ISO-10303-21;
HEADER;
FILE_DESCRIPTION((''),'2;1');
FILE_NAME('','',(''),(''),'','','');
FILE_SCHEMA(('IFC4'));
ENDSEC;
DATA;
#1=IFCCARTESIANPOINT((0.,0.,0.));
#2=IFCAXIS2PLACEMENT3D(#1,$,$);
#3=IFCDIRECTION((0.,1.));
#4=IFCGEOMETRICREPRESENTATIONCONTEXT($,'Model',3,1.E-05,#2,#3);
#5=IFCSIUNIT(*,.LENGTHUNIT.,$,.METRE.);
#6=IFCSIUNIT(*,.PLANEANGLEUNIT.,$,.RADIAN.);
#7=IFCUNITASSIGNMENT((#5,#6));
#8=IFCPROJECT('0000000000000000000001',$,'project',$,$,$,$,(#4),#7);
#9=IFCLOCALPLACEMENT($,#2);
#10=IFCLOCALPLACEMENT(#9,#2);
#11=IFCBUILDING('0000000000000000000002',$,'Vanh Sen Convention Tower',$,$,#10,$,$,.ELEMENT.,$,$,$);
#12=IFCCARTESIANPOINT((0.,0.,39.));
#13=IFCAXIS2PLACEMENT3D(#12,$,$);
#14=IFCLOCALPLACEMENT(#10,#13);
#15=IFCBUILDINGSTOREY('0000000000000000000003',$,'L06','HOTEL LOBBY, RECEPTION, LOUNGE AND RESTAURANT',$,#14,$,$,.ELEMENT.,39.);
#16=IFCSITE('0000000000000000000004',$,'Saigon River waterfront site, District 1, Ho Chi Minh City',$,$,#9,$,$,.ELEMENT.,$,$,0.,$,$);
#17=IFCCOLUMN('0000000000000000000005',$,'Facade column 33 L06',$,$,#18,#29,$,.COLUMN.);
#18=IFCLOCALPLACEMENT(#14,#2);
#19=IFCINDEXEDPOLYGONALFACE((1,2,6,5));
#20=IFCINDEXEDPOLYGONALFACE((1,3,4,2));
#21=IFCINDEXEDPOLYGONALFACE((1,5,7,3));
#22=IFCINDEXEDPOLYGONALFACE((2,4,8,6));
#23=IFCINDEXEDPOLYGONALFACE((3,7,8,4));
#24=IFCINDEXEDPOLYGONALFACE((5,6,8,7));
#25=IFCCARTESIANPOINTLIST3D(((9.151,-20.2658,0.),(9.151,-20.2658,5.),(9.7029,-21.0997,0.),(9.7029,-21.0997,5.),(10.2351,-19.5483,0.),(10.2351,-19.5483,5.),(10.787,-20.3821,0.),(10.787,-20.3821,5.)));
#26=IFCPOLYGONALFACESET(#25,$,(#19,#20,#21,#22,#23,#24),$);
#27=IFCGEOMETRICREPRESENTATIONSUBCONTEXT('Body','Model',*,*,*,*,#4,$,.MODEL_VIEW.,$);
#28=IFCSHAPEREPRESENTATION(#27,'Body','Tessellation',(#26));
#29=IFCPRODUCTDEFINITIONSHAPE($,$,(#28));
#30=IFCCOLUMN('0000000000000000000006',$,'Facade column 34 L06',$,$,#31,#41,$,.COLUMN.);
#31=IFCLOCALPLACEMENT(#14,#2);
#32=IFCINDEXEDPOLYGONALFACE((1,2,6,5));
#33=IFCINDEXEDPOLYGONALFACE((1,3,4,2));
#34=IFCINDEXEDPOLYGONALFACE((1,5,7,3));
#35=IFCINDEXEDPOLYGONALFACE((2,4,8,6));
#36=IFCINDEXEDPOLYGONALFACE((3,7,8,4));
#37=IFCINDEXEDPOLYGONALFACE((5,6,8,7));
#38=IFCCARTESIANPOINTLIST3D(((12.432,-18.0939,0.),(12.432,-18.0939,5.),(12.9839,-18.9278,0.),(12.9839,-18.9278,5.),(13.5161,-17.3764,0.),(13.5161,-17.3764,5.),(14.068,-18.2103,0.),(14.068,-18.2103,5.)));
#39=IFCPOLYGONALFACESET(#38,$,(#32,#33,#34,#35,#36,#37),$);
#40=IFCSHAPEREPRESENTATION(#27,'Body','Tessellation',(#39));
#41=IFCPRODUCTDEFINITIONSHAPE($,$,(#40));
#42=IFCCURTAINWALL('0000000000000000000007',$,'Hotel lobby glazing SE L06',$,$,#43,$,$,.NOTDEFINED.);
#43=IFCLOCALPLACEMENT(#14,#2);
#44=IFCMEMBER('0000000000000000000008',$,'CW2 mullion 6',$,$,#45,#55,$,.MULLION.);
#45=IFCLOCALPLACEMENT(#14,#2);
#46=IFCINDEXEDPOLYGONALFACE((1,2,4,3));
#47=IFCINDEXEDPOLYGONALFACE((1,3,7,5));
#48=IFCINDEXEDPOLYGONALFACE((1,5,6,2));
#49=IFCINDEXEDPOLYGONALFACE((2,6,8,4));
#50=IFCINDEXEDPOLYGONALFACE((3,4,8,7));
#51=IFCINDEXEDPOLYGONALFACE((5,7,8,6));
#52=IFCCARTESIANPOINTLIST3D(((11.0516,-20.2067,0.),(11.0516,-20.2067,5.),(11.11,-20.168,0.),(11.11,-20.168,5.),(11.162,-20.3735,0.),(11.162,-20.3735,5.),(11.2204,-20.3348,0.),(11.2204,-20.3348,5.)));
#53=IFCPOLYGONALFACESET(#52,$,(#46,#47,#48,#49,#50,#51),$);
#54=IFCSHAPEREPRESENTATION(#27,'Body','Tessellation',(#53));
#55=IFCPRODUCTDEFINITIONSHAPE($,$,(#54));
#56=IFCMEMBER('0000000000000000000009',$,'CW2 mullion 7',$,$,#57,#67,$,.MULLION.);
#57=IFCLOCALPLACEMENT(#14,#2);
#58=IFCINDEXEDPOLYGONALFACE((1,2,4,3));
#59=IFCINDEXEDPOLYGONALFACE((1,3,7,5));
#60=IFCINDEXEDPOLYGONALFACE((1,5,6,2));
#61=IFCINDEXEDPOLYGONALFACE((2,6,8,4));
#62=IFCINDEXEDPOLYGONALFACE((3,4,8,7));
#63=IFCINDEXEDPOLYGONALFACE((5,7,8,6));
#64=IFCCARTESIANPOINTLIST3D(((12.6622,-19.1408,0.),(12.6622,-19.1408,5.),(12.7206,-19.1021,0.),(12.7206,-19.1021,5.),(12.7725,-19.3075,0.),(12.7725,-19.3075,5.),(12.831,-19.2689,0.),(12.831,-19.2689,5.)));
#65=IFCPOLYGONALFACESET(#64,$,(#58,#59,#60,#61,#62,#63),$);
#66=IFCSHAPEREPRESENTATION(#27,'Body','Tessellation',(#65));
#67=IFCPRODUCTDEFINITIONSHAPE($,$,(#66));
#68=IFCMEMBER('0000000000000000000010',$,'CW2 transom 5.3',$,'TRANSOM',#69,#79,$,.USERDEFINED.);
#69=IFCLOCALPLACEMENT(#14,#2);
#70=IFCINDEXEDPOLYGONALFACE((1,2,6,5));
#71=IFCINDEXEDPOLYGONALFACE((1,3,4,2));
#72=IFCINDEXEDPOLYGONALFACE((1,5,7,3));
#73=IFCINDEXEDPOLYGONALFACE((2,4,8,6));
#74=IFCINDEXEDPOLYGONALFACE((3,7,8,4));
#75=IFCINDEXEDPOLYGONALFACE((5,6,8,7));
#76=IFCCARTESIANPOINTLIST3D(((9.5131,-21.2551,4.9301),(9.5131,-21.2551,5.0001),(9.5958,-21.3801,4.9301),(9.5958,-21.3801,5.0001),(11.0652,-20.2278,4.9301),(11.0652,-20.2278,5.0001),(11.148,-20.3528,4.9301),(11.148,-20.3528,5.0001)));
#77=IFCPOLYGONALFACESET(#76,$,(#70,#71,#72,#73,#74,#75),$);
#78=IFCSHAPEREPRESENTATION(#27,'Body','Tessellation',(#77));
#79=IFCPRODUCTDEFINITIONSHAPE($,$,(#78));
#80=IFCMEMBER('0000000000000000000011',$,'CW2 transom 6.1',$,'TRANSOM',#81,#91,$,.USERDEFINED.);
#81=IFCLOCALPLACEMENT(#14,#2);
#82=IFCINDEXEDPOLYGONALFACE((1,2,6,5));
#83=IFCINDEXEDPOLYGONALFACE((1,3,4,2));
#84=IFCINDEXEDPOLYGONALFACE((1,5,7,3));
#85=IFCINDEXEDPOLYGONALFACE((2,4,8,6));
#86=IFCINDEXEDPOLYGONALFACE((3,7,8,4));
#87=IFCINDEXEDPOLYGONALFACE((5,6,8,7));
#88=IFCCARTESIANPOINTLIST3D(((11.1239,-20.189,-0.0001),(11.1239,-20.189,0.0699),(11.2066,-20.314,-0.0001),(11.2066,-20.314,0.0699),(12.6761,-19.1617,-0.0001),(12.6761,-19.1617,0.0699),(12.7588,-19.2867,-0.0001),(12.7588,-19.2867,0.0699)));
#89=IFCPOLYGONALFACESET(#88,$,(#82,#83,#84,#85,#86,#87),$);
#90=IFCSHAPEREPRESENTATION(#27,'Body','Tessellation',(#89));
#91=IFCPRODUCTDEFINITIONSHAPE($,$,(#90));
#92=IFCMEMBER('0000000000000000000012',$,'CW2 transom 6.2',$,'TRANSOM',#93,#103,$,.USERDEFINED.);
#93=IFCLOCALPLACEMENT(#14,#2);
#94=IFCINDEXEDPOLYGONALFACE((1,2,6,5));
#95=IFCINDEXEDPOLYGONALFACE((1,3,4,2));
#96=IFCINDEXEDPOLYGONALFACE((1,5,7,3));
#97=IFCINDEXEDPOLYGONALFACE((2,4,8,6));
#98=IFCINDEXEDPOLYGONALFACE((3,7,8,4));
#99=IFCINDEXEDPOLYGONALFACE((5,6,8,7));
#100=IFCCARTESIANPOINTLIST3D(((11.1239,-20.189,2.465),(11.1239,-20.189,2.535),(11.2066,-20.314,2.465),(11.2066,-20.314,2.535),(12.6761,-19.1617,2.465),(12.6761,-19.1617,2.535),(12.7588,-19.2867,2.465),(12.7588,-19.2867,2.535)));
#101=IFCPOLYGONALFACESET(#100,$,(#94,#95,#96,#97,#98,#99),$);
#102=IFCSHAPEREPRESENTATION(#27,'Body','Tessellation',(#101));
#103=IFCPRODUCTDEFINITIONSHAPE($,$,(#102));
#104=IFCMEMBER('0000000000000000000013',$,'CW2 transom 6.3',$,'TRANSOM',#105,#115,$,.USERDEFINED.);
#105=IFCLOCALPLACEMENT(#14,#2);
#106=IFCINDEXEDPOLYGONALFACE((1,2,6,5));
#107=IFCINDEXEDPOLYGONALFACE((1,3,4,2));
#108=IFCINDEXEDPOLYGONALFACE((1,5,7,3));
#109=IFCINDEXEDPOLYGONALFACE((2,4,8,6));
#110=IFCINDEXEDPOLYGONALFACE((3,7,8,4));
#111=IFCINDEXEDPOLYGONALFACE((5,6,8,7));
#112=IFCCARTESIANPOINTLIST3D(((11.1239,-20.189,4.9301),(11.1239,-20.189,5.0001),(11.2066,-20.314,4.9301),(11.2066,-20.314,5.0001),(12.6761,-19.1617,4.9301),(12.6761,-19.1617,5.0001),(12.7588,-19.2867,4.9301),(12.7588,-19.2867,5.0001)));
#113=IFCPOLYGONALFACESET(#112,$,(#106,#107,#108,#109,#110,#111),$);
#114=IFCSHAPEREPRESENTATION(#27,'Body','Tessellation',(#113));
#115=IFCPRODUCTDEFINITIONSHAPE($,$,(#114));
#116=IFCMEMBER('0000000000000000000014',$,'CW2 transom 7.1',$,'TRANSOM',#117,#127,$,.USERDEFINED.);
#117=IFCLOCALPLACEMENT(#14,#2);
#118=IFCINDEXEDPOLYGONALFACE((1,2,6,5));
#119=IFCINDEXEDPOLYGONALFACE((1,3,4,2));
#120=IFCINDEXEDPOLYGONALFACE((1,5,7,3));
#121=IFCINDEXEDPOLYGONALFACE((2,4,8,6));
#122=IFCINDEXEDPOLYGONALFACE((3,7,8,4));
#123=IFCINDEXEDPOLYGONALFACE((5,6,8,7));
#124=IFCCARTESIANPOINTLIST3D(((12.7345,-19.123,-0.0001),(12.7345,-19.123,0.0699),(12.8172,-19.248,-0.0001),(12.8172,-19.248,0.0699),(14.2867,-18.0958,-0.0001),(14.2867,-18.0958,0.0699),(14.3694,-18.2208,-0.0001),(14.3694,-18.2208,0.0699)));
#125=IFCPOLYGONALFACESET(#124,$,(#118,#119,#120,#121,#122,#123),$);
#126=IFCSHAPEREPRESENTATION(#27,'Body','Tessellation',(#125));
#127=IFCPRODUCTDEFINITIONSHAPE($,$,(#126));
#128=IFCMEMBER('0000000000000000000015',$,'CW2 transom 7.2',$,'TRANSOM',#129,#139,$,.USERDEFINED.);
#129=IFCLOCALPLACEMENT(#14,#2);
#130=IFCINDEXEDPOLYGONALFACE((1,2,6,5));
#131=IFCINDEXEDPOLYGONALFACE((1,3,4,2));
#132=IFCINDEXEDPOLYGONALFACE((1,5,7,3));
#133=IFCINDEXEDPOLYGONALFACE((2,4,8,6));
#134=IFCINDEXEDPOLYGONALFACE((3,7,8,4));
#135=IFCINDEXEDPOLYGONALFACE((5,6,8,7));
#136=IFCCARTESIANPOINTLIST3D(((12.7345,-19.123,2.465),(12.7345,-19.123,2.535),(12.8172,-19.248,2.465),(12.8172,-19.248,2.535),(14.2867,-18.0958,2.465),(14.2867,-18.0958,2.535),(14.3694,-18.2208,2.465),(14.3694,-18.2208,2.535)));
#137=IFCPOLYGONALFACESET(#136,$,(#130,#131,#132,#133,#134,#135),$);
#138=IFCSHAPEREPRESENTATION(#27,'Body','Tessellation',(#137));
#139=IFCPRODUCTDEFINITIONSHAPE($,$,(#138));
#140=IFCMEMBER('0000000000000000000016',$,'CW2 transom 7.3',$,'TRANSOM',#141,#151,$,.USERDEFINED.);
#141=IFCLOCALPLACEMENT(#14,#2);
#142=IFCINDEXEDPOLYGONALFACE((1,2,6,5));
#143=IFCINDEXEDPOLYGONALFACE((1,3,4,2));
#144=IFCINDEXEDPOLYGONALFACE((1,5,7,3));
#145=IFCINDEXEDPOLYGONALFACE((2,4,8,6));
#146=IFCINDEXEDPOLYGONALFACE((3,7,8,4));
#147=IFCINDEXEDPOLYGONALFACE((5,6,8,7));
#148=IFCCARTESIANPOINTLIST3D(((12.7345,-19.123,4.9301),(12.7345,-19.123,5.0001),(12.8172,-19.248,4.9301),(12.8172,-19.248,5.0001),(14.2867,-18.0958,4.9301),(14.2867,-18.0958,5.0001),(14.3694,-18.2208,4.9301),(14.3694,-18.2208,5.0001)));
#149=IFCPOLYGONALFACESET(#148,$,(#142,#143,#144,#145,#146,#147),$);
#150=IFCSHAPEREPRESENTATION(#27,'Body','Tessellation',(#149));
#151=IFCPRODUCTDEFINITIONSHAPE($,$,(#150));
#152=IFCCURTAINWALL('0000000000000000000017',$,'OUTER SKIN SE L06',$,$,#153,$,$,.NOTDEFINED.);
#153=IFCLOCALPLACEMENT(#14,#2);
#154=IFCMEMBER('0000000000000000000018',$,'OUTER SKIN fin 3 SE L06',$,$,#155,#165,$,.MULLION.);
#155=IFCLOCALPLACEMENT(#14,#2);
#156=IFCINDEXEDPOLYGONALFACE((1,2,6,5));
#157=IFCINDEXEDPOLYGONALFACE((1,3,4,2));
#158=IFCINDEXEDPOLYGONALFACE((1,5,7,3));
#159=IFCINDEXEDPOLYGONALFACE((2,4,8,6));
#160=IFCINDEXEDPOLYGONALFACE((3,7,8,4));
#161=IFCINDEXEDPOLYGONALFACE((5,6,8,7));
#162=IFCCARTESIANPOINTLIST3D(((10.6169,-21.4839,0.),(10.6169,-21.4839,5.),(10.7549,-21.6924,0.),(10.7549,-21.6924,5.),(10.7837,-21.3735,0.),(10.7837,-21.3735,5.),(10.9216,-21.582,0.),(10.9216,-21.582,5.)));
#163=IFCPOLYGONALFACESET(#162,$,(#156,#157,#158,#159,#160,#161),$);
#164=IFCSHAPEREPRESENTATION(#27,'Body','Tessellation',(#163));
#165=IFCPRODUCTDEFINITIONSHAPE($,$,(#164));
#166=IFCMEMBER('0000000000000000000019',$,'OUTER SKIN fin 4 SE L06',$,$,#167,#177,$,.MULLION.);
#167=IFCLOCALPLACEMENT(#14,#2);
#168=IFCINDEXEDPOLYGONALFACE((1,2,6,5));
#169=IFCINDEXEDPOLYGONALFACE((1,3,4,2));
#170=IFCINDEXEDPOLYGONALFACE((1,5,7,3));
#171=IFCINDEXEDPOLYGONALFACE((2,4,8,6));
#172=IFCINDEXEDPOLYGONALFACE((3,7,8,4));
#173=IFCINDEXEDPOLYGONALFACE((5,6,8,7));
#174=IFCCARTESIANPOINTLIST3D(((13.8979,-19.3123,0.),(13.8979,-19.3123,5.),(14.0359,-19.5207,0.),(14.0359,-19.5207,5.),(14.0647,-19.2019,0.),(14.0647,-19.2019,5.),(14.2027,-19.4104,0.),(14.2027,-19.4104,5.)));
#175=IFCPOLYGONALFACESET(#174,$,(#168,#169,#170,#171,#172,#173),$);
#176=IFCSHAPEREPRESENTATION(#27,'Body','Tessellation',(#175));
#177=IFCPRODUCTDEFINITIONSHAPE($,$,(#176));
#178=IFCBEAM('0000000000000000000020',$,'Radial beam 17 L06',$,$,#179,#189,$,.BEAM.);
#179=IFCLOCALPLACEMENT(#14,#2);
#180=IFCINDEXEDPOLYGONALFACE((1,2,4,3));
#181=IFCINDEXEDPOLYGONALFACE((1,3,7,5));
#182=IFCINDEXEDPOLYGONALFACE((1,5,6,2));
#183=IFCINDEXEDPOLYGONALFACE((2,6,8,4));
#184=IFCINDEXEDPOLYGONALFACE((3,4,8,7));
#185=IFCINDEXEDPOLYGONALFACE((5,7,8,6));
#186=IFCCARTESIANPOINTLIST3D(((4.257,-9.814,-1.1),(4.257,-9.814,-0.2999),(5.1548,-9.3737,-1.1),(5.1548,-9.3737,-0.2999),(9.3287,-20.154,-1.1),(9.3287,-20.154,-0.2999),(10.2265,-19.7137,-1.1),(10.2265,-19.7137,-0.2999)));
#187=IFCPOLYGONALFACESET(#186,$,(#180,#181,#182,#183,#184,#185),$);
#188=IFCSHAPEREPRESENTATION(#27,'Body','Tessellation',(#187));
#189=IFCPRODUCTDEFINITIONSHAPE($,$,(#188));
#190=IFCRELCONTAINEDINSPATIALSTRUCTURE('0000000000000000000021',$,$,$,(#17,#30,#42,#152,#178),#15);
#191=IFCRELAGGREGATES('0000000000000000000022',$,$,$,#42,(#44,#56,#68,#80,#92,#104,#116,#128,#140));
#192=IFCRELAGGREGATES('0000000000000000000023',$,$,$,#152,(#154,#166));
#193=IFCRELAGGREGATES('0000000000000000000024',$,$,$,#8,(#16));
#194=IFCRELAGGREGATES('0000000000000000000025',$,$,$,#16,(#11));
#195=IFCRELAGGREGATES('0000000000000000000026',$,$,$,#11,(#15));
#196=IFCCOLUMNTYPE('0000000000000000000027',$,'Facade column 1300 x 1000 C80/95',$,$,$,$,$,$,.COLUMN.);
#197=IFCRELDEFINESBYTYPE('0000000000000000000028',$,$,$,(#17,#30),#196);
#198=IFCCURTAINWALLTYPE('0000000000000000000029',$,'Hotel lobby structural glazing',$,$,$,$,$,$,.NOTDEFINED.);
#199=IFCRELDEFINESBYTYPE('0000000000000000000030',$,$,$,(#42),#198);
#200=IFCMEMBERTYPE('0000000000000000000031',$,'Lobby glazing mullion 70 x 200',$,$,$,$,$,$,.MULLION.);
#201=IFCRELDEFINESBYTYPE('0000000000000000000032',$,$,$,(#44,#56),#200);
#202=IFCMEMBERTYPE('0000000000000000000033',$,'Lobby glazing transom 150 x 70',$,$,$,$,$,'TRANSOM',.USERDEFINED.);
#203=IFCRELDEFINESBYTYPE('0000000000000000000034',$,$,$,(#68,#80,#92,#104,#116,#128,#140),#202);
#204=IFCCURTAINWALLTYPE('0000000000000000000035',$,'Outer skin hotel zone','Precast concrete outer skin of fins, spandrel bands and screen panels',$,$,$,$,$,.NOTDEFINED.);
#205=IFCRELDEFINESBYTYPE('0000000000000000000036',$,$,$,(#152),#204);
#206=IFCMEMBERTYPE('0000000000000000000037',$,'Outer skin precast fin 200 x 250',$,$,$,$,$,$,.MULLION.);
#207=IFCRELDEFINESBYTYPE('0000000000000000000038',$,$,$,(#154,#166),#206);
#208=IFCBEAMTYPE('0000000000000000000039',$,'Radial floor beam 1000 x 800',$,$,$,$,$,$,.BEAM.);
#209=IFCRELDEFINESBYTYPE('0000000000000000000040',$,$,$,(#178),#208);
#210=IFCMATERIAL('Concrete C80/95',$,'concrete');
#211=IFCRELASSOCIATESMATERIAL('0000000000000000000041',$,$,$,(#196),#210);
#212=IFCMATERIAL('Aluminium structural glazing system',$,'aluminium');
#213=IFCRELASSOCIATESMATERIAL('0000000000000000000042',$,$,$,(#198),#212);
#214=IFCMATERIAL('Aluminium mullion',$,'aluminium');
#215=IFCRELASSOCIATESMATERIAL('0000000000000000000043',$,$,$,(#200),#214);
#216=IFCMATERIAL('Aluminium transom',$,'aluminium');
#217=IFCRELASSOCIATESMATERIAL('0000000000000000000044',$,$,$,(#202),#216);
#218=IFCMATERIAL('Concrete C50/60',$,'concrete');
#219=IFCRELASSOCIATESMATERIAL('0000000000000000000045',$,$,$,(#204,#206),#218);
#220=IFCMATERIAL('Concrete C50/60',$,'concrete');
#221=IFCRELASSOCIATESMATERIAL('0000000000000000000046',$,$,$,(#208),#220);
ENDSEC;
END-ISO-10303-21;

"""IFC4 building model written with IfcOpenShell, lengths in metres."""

from ifc_helpers import new_model, si_unit, direction, frame, origin, origin_2d, place, context, subcontext, project, spatial, rectangle, extrude, material, material_profile, profile_set, type_object, element, aggregate, save


model = new_model("IFC4")

# Units and contexts
model_context = context("Model", 3, precision=1e-05, world=origin(), true_north=direction((0.0, 1.0)))
body_context = subcontext(model_context, "Body", "Model", "MODEL_VIEW")
ifc_project = project(units=[si_unit("LENGTHUNIT", "METRE"), si_unit("PLANEANGLEUNIT", "RADIAN")], contexts=[model_context])

# Site, building, storey
site_placement = place(None, origin())
site = spatial("IfcSite", under=ifc_project, at=site_placement, Name="Saigon River waterfront site, District 1, Ho Chi Minh City", CompositionType="ELEMENT", RefElevation=0.0)
building_placement = place(site_placement, origin())
building = spatial("IfcBuilding", under=site, at=building_placement, Name="Vanh Sen Convention Tower", CompositionType="ELEMENT")
storey_placement = place(building_placement, frame((0.0, 0.0, 39.0)))
storey = spatial("IfcBuildingStorey", under=building, at=storey_placement, Name="L06", Description="HOTEL LOBBY, RECEPTION, LOUNGE AND RESTAURANT", CompositionType="ELEMENT", Elevation=39.0)

# Columns
ifc_material_1 = material(Name="Concrete C80/95", Category="concrete")
ifc_material_profile_1 = material_profile(ifc_material_1, rectangle(XDim=1.3, YDim=1.0, at=origin_2d()), Name="RC 1300X1000")
ifc_profile_set_1 = profile_set([ifc_material_profile_1], Name="Concrete C80/95")
column_type = type_object("IfcColumnType", Name="Facade column 1300 x 1000 C80/95", PredefinedType="COLUMN", material=ifc_profile_set_1)
for number, where, z_axis, x_axis, name in (
    (1, (9.969, -20.324, 0.0), (0.0, 0.0, 1.0), (0.833886, 0.551937, 0.0), "Facade column 33 L06"),
    (2, (13.25, -18.1521, 0.0), (0.0, 0.0, 1.0), (0.833886, 0.551937, 0.0), "Facade column 34 L06"),
):
    element("IfcColumn", number, at=place(storey_placement, frame(where, z_axis=z_axis, x_axis=x_axis)), inside=storey, type_object=column_type, Name=name, PredefinedType="COLUMN", context=body_context, shape_type="SweptSolid", body=[
        extrude(rectangle(XDim=1.3, YDim=1.0, at=origin_2d()), origin(), (0.0, 0.0, 1.0), 5.0),
    ])

# Curtain walls, members
ifc_material_2 = material(Name="Aluminium structural glazing system", Category="aluminium")
curtain_wall_type_1 = type_object("IfcCurtainWallType", Name="Hotel lobby structural glazing", PredefinedType="NOTDEFINED", material=ifc_material_2)
curtain_wall_1_placement = place(storey_placement, origin())
curtain_wall_1 = element("IfcCurtainWall", 3, at=curtain_wall_1_placement, inside=storey, type_object=curtain_wall_type_1, Name="Hotel lobby glazing SE L06", PredefinedType="NOTDEFINED")
ifc_material_3 = material(Name="Aluminium mullion", Category="aluminium")
ifc_material_profile_2 = material_profile(ifc_material_3, rectangle(XDim=0.2, YDim=0.0701, at=origin_2d()), Name="Lobby glazing mullion 70 x 200")
ifc_profile_set_2 = profile_set([ifc_material_profile_2], Name="Aluminium mullion")
member_type_1 = type_object("IfcMemberType", Name="Lobby glazing mullion 70 x 200", PredefinedType="MULLION", material=ifc_profile_set_2)
member_1_placement = place(storey_placement, frame((11.136, -20.2708, 0.0), z_axis=(0.0, 0.0, 1.0), x_axis=(-0.551937, 0.833886, 0.0)))
member_1 = element("IfcMember", 4, at=member_1_placement, type_object=member_type_1, Name="CW2 mullion 6", PredefinedType="MULLION", context=body_context, shape_type="SweptSolid", body=[
    extrude(rectangle(XDim=0.2, YDim=0.0701, at=origin_2d()), origin(), (0.0, 0.0, 1.0), 5.0),
])
member_2_placement = place(storey_placement, frame((12.7466, -19.2048, 0.0), z_axis=(0.0, 0.0, 1.0), x_axis=(-0.551937, 0.833886, 0.0)))
member_2 = element("IfcMember", 5, at=member_2_placement, type_object=member_type_1, Name="CW2 mullion 7", PredefinedType="MULLION", context=body_context, shape_type="SweptSolid", body=[
    extrude(rectangle(XDim=0.2, YDim=0.0701, at=origin_2d()), origin(), (0.0, 0.0, 1.0), 5.0),
])
ifc_material_4 = material(Name="Aluminium transom", Category="aluminium")
ifc_material_profile_3 = material_profile(ifc_material_4, rectangle(XDim=0.1499, YDim=0.0701, at=origin_2d()), Name="Lobby glazing transom 150 x 70")
ifc_profile_set_3 = profile_set([ifc_material_profile_3], Name="Aluminium transom")
member_type_2 = type_object("IfcMemberType", Name="Lobby glazing transom 150 x 70", ElementType="TRANSOM", PredefinedType="USERDEFINED", material=ifc_profile_set_3)
member_3_placement = place(storey_placement, frame((9.5544, -21.3176, 4.9651), z_axis=(0.833902, 0.551913, 0.0), x_axis=(-0.551913, 0.833902, 0.0)))
member_3 = element("IfcMember", 6, at=member_3_placement, type_object=member_type_2, Name="CW2 transom 5.3", ObjectType="TRANSOM", PredefinedType="USERDEFINED", context=body_context, shape_type="SweptSolid", body=[
    extrude(rectangle(XDim=0.1499, YDim=0.0701, at=origin_2d()), origin(), (0.0, 0.0, 1.0), 1.8613),
])
member_4_placement = place(storey_placement, frame((11.1653, -20.2515, 0.0349), z_axis=(0.833902, 0.551913, 0.0), x_axis=(-0.551913, 0.833902, 0.0)))
member_4 = element("IfcMember", 7, at=member_4_placement, type_object=member_type_2, Name="CW2 transom 6.1", ObjectType="TRANSOM", PredefinedType="USERDEFINED", context=body_context, shape_type="SweptSolid", body=[
    extrude(rectangle(XDim=0.1499, YDim=0.0701, at=origin_2d()), origin(), (0.0, 0.0, 1.0), 1.8613),
])
member_5_placement = place(storey_placement, frame((11.1653, -20.2515, 2.5), z_axis=(0.833902, 0.551913, 0.0), x_axis=(-0.551913, 0.833902, 0.0)))
member_5 = element("IfcMember", 8, at=member_5_placement, type_object=member_type_2, Name="CW2 transom 6.2", ObjectType="TRANSOM", PredefinedType="USERDEFINED", context=body_context, shape_type="SweptSolid", body=[
    extrude(rectangle(XDim=0.1499, YDim=0.0701, at=origin_2d()), origin(), (0.0, 0.0, 1.0), 1.8613),
])
member_6_placement = place(storey_placement, frame((11.1653, -20.2515, 4.9651), z_axis=(0.833902, 0.551913, 0.0), x_axis=(-0.551913, 0.833902, 0.0)))
member_6 = element("IfcMember", 9, at=member_6_placement, type_object=member_type_2, Name="CW2 transom 6.3", ObjectType="TRANSOM", PredefinedType="USERDEFINED", context=body_context, shape_type="SweptSolid", body=[
    extrude(rectangle(XDim=0.1499, YDim=0.0701, at=origin_2d()), origin(), (0.0, 0.0, 1.0), 1.8613),
])
member_7_placement = place(storey_placement, frame((12.7759, -19.1855, 0.0349), z_axis=(0.833902, 0.551913, 0.0), x_axis=(-0.551913, 0.833902, 0.0)))
member_7 = element("IfcMember", 10, at=member_7_placement, type_object=member_type_2, Name="CW2 transom 7.1", ObjectType="TRANSOM", PredefinedType="USERDEFINED", context=body_context, shape_type="SweptSolid", body=[
    extrude(rectangle(XDim=0.1499, YDim=0.0701, at=origin_2d()), origin(), (0.0, 0.0, 1.0), 1.8613),
])
member_8_placement = place(storey_placement, frame((12.7759, -19.1855, 2.5), z_axis=(0.833902, 0.551913, 0.0), x_axis=(-0.551913, 0.833902, 0.0)))
member_8 = element("IfcMember", 11, at=member_8_placement, type_object=member_type_2, Name="CW2 transom 7.2", ObjectType="TRANSOM", PredefinedType="USERDEFINED", context=body_context, shape_type="SweptSolid", body=[
    extrude(rectangle(XDim=0.1499, YDim=0.0701, at=origin_2d()), origin(), (0.0, 0.0, 1.0), 1.8613),
])
member_9_placement = place(storey_placement, frame((12.7759, -19.1855, 4.9651), z_axis=(0.833902, 0.551913, 0.0), x_axis=(-0.551913, 0.833902, 0.0)))
member_9 = element("IfcMember", 12, at=member_9_placement, type_object=member_type_2, Name="CW2 transom 7.3", ObjectType="TRANSOM", PredefinedType="USERDEFINED", context=body_context, shape_type="SweptSolid", body=[
    extrude(rectangle(XDim=0.1499, YDim=0.0701, at=origin_2d()), origin(), (0.0, 0.0, 1.0), 1.8613),
])
ifc_material_5 = material(Name="Concrete C50/60", Category="concrete")
curtain_wall_type_2 = type_object("IfcCurtainWallType", Name="Outer skin hotel zone", Description="Precast concrete outer skin of fins, spandrel bands and screen panels", PredefinedType="NOTDEFINED", material=ifc_material_5)
curtain_wall_2_placement = place(storey_placement, origin())
curtain_wall_2 = element("IfcCurtainWall", 13, at=curtain_wall_2_placement, inside=storey, type_object=curtain_wall_type_2, Name="OUTER SKIN SE L06", PredefinedType="NOTDEFINED")
ifc_material_profile_4 = material_profile(ifc_material_5, rectangle(XDim=0.2, YDim=0.25, at=origin_2d()), Name="Outer skin precast fin 200 x 250")
ifc_profile_set_4 = profile_set([ifc_material_profile_4], Name="Concrete C50/60")
member_type_3 = type_object("IfcMemberType", Name="Outer skin precast fin 200 x 250", PredefinedType="MULLION", material=ifc_profile_set_4)
member_10_placement = place(storey_placement, frame((10.7693, -21.533, 0.0), z_axis=(0.0, 0.0, 1.0), x_axis=(0.833886, 0.551937, 0.0)))
member_10 = element("IfcMember", 14, at=member_10_placement, type_object=member_type_3, Name="OUTER SKIN fin 3 SE L06", PredefinedType="MULLION", context=body_context, shape_type="SweptSolid", body=[
    extrude(rectangle(XDim=0.2, YDim=0.25, at=origin_2d()), origin(), (0.0, 0.0, 1.0), 5.0),
])
member_11_placement = place(storey_placement, frame((14.0503, -19.3613, 0.0), z_axis=(0.0, 0.0, 1.0), x_axis=(0.833886, 0.551937, 0.0)))
member_11 = element("IfcMember", 15, at=member_11_placement, type_object=member_type_3, Name="OUTER SKIN fin 4 SE L06", PredefinedType="MULLION", context=body_context, shape_type="SweptSolid", body=[
    extrude(rectangle(XDim=0.2, YDim=0.25, at=origin_2d()), origin(), (0.0, 0.0, 1.0), 5.0),
])

# Beam
ifc_material_6 = material(Name="Concrete C50/60", Category="concrete")
ifc_material_profile_5 = material_profile(ifc_material_6, rectangle(XDim=1.0, YDim=0.8, at=origin_2d()), Name="RC 1000X800")
ifc_profile_set_5 = profile_set([ifc_material_profile_5], Name="Concrete C50/60")
beam_type_1 = type_object("IfcBeamType", Name="Radial floor beam 1000 x 800", PredefinedType="BEAM", material=ifc_profile_set_5)
beam_placement = place(storey_placement, frame((9.7776, -19.9338, -0.7), z_axis=(-0.440375, 0.897814, 0.0), x_axis=(-0.897814, -0.440375, 0.0)))
element("IfcBeam", 16, at=beam_placement, inside=storey, type_object=beam_type_1, Name="Radial beam 17 L06", PredefinedType="BEAM", context=body_context, shape_type="SweptSolid", body=[
    extrude(rectangle(XDim=1.0, YDim=0.8, at=origin_2d()), origin(), (0.0, 0.0, 1.0), 11.5168),
])

aggregate(curtain_wall_1, [member_1, member_2, member_3, member_4, member_5, member_6, member_7, member_8, member_9])
aggregate(curtain_wall_2, [member_10, member_11])

save(model, "model.ifc")
